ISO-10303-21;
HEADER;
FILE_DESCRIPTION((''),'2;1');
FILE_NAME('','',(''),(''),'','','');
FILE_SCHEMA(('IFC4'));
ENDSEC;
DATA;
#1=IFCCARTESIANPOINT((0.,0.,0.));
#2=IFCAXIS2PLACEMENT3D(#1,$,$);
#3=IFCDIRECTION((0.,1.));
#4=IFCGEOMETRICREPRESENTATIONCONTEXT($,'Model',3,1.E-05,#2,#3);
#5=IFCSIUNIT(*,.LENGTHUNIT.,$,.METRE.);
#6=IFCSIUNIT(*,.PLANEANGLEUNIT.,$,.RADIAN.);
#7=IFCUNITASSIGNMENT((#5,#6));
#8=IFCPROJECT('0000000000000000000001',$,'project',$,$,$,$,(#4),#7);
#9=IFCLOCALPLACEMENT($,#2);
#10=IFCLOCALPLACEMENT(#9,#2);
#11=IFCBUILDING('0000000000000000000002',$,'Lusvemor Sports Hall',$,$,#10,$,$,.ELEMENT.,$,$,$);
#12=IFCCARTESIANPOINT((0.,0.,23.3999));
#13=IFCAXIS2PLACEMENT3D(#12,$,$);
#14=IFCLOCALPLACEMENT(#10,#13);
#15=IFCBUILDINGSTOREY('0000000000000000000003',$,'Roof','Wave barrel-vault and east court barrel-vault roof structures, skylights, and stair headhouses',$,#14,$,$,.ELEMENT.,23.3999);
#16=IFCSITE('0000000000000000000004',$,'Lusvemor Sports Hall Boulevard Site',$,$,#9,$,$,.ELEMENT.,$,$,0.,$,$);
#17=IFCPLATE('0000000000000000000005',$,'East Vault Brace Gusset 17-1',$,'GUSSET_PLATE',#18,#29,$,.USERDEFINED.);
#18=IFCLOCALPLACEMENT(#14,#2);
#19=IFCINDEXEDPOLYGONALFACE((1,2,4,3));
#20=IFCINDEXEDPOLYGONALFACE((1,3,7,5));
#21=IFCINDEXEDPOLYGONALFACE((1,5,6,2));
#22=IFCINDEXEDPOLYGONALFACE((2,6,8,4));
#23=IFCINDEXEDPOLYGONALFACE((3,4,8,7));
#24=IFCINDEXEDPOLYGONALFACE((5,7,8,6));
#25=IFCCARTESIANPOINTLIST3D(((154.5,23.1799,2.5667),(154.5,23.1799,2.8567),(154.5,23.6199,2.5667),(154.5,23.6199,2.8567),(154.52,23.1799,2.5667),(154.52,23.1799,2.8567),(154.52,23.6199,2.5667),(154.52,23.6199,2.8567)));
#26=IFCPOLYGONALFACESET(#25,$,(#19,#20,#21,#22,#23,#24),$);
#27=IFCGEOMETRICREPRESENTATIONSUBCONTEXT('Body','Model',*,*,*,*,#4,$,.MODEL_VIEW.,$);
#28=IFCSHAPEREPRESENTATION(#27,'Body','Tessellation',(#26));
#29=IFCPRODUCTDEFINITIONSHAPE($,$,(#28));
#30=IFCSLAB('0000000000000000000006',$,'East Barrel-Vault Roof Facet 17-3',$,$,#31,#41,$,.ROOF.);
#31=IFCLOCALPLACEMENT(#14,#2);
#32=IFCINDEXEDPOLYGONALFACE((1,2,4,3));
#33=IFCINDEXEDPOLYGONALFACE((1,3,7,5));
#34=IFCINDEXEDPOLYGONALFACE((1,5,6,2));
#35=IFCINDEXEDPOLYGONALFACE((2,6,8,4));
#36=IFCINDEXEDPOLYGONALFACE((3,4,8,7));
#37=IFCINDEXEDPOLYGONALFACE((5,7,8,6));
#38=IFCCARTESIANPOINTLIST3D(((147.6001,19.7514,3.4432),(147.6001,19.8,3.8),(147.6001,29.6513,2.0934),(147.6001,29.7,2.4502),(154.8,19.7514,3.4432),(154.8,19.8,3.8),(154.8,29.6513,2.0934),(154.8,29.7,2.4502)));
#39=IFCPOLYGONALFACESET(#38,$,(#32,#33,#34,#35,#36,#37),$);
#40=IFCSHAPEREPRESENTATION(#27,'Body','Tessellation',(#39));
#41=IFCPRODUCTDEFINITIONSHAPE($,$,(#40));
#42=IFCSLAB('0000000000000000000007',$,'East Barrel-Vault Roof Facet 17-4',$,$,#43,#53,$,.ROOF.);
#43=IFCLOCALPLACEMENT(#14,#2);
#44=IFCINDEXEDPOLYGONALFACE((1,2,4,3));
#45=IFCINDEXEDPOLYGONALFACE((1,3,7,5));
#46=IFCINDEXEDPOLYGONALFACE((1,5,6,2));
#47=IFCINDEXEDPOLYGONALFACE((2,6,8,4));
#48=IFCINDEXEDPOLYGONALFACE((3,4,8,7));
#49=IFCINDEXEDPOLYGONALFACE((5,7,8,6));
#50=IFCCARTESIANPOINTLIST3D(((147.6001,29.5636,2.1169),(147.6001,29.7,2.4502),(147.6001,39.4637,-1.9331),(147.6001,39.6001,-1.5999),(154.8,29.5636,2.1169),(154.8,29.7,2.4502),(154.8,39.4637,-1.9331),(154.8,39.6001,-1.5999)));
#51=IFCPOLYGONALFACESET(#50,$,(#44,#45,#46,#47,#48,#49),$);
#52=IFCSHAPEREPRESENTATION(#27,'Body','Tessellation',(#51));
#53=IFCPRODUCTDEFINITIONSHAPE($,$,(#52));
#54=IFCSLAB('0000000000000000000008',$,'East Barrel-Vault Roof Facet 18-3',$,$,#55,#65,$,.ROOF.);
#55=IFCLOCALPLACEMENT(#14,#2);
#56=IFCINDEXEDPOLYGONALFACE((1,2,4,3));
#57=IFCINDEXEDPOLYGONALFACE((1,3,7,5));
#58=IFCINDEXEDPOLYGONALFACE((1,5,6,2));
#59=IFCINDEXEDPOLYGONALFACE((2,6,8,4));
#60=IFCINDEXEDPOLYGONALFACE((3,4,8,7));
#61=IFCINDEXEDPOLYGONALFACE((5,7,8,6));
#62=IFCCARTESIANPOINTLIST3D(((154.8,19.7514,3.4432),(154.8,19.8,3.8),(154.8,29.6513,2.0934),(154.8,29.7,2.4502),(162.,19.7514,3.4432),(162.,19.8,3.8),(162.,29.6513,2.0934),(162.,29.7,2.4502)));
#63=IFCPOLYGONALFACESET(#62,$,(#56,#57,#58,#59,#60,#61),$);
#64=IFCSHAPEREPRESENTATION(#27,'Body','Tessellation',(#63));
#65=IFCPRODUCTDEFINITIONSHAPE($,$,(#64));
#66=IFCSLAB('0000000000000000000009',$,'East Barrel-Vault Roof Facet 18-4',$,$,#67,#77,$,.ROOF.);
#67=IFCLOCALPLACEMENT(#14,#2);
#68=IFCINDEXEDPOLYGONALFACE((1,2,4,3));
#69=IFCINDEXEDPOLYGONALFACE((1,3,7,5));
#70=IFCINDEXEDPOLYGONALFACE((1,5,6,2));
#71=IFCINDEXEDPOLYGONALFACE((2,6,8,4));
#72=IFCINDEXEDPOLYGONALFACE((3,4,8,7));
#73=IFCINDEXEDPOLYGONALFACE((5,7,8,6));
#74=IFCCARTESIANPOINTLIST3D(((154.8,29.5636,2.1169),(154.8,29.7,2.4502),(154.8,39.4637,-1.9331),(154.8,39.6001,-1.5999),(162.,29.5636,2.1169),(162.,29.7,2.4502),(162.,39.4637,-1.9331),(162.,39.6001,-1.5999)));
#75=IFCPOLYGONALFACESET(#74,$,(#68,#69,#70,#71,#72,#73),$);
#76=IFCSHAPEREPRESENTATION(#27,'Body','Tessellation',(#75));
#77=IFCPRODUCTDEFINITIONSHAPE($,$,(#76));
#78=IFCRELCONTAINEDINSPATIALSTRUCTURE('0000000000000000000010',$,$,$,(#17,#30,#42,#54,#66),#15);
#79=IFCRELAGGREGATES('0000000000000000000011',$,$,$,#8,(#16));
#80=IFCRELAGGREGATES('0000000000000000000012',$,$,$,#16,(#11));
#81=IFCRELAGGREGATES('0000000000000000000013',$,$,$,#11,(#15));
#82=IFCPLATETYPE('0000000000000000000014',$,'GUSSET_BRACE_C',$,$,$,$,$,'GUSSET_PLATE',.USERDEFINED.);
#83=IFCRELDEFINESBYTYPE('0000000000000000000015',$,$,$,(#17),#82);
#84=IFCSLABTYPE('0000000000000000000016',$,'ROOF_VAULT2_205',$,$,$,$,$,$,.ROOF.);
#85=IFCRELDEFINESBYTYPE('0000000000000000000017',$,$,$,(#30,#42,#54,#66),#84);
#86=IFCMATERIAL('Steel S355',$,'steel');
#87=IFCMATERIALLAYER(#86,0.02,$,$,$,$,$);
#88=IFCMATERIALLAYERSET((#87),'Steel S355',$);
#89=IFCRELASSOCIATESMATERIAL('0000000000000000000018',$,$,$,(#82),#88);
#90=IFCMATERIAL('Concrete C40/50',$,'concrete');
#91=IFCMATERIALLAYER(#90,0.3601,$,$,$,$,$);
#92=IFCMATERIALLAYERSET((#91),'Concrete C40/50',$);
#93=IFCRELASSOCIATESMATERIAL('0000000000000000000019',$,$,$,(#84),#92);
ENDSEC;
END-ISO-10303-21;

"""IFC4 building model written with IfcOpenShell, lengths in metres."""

from ifc_helpers import new_model, si_unit, direction, frame, origin, origin_2d, place, context, subcontext, project, spatial, polyline, rectangle, outline, extrude, material, layer, layer_set, type_object, element, save


model = new_model("IFC4")

# Units and contexts
model_context = context("Model", 3, precision=1e-05, world=origin(), true_north=direction((0.0, 1.0)))
body_context = subcontext(model_context, "Body", "Model", "MODEL_VIEW")
ifc_project = project(units=[si_unit("LENGTHUNIT", "METRE"), si_unit("PLANEANGLEUNIT", "RADIAN")], contexts=[model_context])

# Site, building, storey
site_placement = place(None, origin())
site = spatial("IfcSite", under=ifc_project, at=site_placement, Name="Lusvemor Sports Hall Boulevard Site", CompositionType="ELEMENT", RefElevation=0.0)
building_placement = place(site_placement, origin())
building = spatial("IfcBuilding", under=site, at=building_placement, Name="Lusvemor Sports Hall", CompositionType="ELEMENT")
storey_placement = place(building_placement, frame((0.0, 0.0, 23.3999)))
storey = spatial("IfcBuildingStorey", under=building, at=storey_placement, Name="Roof", Description="Wave barrel-vault and east court barrel-vault roof structures, skylights, and stair headhouses", CompositionType="ELEMENT", Elevation=23.3999)

# Plate
ifc_material_1 = material(Name="Steel S355", Category="steel")
ifc_layer_1 = layer(ifc_material_1, 0.02)
ifc_layer_set_1 = layer_set([ifc_layer_1], Name="Steel S355")
plate_type_1 = type_object("IfcPlateType", Name="GUSSET_BRACE_C", ElementType="GUSSET_PLATE", PredefinedType="USERDEFINED", material=ifc_layer_set_1)
plate_placement = place(storey_placement, frame((154.51, 23.3999, 2.5667), z_axis=(0.0, 0.0, 1.0), x_axis=(1.0, 0.0, 0.0)))
element("IfcPlate", 1, at=plate_placement, inside=storey, type_object=plate_type_1, Name="East Vault Brace Gusset 17-1", ObjectType="GUSSET_PLATE", PredefinedType="USERDEFINED", context=body_context, shape_type="SweptSolid", body=[
    extrude(rectangle(XDim=0.02, YDim=0.4399, at=origin_2d()), origin(), (0.0, 0.0, 1.0), 0.29),
])

# Slabs
ifc_material_2 = material(Name="Concrete C40/50", Category="concrete")
ifc_layer_2 = layer(ifc_material_2, 0.3601)
ifc_layer_set_2 = layer_set([ifc_layer_2], Name="Concrete C40/50")
slab_type = type_object("IfcSlabType", Name="ROOF_VAULT2_205", PredefinedType="ROOF", material=ifc_layer_set_2)
slab_1_placement = place(storey_placement, frame((147.6001, 19.8, 3.8), z_axis=(0.0, 0.1351, 0.990832), x_axis=(1.0, 0.0, 0.0)))
element("IfcSlab", 2, at=slab_1_placement, inside=storey, type_object=slab_type, Name="East Barrel-Vault Roof Facet 17-3", PredefinedType="ROOF", context=body_context, shape_type="SweptSolid", body=[
    extrude(outline(polyline([(0.0, 0.0), (7.2, 0.0), (7.2, 9.9915), (0.0, 9.9915), (0.0, 0.0)])), origin(), (0.0, 0.0, -1.0), 0.3601),
])
slab_2_placement = place(storey_placement, frame((147.6001, 29.7, 2.4502), z_axis=(0.0, 0.378632, 0.925547), x_axis=(1.0, 0.0, 0.0)))
element("IfcSlab", 3, at=slab_2_placement, inside=storey, type_object=slab_type, Name="East Barrel-Vault Roof Facet 17-4", PredefinedType="ROOF", context=body_context, shape_type="SweptSolid", body=[
    extrude(outline(polyline([(0.0, 0.0), (7.2, 0.0), (7.2, 10.6965), (0.0, 10.6965), (0.0, 0.0)])), origin(), (0.0, 0.0, -1.0), 0.3601),
])
slab_3_placement = place(storey_placement, frame((154.8, 19.8, 3.8), z_axis=(0.0, 0.1351, 0.990832), x_axis=(1.0, 0.0, 0.0)))
element("IfcSlab", 4, at=slab_3_placement, inside=storey, type_object=slab_type, Name="East Barrel-Vault Roof Facet 18-3", PredefinedType="ROOF", context=body_context, shape_type="SweptSolid", body=[
    extrude(outline(polyline([(0.0, 0.0), (7.2, 0.0), (7.2, 9.9915), (0.0, 9.9915), (0.0, 0.0)])), origin(), (0.0, 0.0, -1.0), 0.3601),
])
slab_4_placement = place(storey_placement, frame((154.8, 29.7, 2.4502), z_axis=(0.0, 0.378632, 0.925547), x_axis=(1.0, 0.0, 0.0)))
element("IfcSlab", 5, at=slab_4_placement, inside=storey, type_object=slab_type, Name="East Barrel-Vault Roof Facet 18-4", PredefinedType="ROOF", context=body_context, shape_type="SweptSolid", body=[
    extrude(outline(polyline([(0.0, 0.0), (7.2, 0.0), (7.2, 10.6965), (0.0, 10.6965), (0.0, 0.0)])), origin(), (0.0, 0.0, -1.0), 0.3601),
])

save(model, "model.ifc")
